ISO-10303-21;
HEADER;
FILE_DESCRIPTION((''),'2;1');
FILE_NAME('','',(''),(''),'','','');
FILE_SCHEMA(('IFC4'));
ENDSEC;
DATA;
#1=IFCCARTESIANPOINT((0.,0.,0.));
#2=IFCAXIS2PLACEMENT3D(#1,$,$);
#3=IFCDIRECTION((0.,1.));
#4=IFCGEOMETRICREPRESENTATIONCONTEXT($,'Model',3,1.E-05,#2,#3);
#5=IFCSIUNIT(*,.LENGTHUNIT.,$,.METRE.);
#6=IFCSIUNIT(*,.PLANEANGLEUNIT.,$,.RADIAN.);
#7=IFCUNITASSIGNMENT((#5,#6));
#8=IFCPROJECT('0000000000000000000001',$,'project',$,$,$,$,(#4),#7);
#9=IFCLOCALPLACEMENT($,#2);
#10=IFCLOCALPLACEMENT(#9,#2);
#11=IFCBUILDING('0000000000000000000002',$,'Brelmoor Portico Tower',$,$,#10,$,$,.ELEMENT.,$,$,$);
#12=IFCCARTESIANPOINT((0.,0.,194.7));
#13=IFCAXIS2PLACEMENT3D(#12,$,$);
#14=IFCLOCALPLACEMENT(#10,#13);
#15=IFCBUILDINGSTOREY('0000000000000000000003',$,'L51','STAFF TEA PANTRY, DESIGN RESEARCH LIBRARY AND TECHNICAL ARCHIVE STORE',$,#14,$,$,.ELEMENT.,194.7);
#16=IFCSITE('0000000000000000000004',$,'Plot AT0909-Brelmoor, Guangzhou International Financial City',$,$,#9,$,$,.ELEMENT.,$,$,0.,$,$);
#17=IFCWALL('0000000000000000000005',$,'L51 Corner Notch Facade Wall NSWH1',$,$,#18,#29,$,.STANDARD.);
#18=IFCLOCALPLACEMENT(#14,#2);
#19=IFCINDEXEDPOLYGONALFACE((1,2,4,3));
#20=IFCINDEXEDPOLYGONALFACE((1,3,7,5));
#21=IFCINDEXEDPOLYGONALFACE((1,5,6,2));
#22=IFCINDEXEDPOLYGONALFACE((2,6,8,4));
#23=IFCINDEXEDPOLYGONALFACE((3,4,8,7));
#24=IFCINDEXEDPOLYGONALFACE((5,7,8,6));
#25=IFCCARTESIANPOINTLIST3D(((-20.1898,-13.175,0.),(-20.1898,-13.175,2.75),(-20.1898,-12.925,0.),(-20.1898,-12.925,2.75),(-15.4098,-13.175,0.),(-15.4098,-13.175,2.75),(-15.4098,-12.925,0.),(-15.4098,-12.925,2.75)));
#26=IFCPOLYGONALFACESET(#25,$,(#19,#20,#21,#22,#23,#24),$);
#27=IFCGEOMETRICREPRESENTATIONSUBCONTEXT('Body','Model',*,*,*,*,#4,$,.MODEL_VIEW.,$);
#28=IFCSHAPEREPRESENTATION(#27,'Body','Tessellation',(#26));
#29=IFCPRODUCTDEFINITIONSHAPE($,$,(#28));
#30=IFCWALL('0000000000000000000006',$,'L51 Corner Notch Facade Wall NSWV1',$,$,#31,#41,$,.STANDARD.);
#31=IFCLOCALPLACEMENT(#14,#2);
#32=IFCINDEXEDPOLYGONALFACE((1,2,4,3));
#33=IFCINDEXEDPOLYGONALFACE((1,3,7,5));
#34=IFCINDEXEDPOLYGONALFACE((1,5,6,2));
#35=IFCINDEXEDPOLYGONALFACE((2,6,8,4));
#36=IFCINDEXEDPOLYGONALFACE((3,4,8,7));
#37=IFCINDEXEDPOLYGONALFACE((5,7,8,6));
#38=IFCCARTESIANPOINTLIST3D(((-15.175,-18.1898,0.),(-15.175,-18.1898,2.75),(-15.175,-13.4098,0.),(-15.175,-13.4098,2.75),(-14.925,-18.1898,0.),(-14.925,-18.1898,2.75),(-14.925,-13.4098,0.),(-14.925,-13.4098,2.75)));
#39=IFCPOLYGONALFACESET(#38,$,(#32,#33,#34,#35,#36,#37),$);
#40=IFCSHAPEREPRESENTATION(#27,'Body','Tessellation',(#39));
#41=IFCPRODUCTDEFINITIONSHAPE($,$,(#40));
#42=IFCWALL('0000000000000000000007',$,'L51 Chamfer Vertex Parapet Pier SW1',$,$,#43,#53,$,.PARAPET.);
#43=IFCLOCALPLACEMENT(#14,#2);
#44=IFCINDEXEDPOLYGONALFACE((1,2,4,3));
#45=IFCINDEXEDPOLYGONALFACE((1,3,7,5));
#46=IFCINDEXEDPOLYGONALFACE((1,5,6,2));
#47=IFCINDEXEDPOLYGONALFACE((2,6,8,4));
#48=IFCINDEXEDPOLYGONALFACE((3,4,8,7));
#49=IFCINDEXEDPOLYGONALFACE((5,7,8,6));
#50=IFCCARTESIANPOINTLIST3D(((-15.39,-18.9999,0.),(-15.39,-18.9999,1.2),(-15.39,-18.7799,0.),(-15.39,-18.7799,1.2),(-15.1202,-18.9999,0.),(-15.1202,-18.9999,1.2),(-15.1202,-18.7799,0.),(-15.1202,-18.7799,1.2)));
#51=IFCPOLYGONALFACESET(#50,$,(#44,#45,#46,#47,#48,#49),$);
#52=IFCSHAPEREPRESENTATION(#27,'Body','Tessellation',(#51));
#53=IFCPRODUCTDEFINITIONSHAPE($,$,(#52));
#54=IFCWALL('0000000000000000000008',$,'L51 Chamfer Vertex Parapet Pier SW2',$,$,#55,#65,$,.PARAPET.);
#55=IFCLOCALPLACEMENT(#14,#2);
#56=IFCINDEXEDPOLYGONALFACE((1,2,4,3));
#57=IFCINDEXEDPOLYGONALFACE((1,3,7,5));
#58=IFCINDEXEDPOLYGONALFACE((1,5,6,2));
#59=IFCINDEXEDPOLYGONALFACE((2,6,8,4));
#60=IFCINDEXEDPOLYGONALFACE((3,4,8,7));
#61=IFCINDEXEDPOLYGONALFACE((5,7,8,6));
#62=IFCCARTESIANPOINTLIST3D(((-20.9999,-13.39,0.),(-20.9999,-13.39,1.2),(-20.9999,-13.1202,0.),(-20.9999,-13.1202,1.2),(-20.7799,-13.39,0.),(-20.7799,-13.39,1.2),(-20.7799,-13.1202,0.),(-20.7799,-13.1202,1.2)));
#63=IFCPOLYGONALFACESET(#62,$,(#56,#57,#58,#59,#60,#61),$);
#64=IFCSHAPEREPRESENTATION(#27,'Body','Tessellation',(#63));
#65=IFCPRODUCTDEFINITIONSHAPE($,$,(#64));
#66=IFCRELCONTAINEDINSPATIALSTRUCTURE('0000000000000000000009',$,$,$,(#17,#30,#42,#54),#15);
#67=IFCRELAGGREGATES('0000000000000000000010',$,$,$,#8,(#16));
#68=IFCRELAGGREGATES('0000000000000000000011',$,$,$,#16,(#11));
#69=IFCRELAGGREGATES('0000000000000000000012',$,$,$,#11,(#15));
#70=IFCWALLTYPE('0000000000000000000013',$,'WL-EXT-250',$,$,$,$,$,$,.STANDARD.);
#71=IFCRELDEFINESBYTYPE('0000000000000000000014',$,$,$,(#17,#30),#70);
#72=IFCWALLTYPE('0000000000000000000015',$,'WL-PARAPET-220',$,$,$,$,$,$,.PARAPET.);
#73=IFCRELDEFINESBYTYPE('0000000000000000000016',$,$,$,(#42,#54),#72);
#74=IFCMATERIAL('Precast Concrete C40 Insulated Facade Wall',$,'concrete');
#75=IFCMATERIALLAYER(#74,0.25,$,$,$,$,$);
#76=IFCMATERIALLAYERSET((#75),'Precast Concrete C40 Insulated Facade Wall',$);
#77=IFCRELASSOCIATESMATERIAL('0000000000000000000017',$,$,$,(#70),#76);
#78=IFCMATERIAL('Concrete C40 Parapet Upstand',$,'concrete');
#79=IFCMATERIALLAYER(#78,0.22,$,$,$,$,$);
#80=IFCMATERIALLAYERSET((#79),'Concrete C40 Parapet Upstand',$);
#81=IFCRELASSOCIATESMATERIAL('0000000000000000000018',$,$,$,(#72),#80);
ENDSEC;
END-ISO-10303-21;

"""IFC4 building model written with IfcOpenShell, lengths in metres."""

from ifc_helpers import new_model, si_unit, direction, frame, frame_2d, origin, place, context, subcontext, project, spatial, rectangle, extrude, material, layer, layer_set, type_object, element, save


model = new_model("IFC4")

# Units and contexts
model_context = context("Model", 3, precision=1e-05, world=origin(), true_north=direction((0.0, 1.0)))
body_context = subcontext(model_context, "Body", "Model", "MODEL_VIEW")
ifc_project = project(units=[si_unit("LENGTHUNIT", "METRE"), si_unit("PLANEANGLEUNIT", "RADIAN")], contexts=[model_context])

# Site, building, storey
site_placement = place(None, origin())
site = spatial("IfcSite", under=ifc_project, at=site_placement, Name="Plot AT0909-Brelmoor, Guangzhou International Financial City", CompositionType="ELEMENT", RefElevation=0.0)
building_placement = place(site_placement, origin())
building = spatial("IfcBuilding", under=site, at=building_placement, Name="Brelmoor Portico Tower", CompositionType="ELEMENT")
storey_placement = place(building_placement, frame((0.0, 0.0, 194.7)))
storey = spatial("IfcBuildingStorey", under=building, at=storey_placement, Name="L51", Description="STAFF TEA PANTRY, DESIGN RESEARCH LIBRARY AND TECHNICAL ARCHIVE STORE", CompositionType="ELEMENT", Elevation=194.7)

# Walls
ifc_material_1 = material(Name="Precast Concrete C40 Insulated Facade Wall", Category="concrete")
ifc_layer_1 = layer(ifc_material_1, 0.25)
ifc_layer_set_1 = layer_set([ifc_layer_1], Name="Precast Concrete C40 Insulated Facade Wall")
wall_type_1 = type_object("IfcWallType", Name="WL-EXT-250", PredefinedType="STANDARD", material=ifc_layer_set_1)
for number, where, z_axis, x_axis, name in (
    (1, (-20.1899, -13.05, 0.0), (0.0, 0.0, 1.0), (1.0, 0.0, 0.0), "L51 Corner Notch Facade Wall NSWH1"),
    (2, (-15.05, -18.1899, 0.0), (0.0, 0.0, 1.0), (0.0, 1.0, 0.0), "L51 Corner Notch Facade Wall NSWV1"),
):
    element("IfcWall", number, at=place(storey_placement, frame(where, z_axis=z_axis, x_axis=x_axis)), inside=storey, type_object=wall_type_1, Name=name, PredefinedType="STANDARD", context=body_context, shape_type="SweptSolid", body=[
        extrude(rectangle(XDim=4.78, YDim=0.25, at=frame_2d((2.3901, 0.0))), origin(), (0.0, 0.0, 1.0), 2.75),
    ])
ifc_material_2 = material(Name="Concrete C40 Parapet Upstand", Category="concrete")
ifc_layer_2 = layer(ifc_material_2, 0.22)
ifc_layer_set_2 = layer_set([ifc_layer_2], Name="Concrete C40 Parapet Upstand")
wall_type_2 = type_object("IfcWallType", Name="WL-PARAPET-220", PredefinedType="PARAPET", material=ifc_layer_set_2)
for number, where, z_axis, x_axis, name in (
    (3, (-15.3899, -18.8899, 0.0), (0.0, 0.0, 1.0), (1.0, 0.0, 0.0), "L51 Chamfer Vertex Parapet Pier SW1"),
    (4, (-20.8899, -13.3899, 0.0), (0.0, 0.0, 1.0), (0.0, 1.0, 0.0), "L51 Chamfer Vertex Parapet Pier SW2"),
):
    element("IfcWall", number, at=place(storey_placement, frame(where, z_axis=z_axis, x_axis=x_axis)), inside=storey, type_object=wall_type_2, Name=name, PredefinedType="PARAPET", context=body_context, shape_type="SweptSolid", body=[
        extrude(rectangle(XDim=0.2698, YDim=0.22, at=frame_2d((0.1348, 0.0))), origin(), (0.0, 0.0, 1.0), 1.2),
    ])

save(model, "model.ifc")
